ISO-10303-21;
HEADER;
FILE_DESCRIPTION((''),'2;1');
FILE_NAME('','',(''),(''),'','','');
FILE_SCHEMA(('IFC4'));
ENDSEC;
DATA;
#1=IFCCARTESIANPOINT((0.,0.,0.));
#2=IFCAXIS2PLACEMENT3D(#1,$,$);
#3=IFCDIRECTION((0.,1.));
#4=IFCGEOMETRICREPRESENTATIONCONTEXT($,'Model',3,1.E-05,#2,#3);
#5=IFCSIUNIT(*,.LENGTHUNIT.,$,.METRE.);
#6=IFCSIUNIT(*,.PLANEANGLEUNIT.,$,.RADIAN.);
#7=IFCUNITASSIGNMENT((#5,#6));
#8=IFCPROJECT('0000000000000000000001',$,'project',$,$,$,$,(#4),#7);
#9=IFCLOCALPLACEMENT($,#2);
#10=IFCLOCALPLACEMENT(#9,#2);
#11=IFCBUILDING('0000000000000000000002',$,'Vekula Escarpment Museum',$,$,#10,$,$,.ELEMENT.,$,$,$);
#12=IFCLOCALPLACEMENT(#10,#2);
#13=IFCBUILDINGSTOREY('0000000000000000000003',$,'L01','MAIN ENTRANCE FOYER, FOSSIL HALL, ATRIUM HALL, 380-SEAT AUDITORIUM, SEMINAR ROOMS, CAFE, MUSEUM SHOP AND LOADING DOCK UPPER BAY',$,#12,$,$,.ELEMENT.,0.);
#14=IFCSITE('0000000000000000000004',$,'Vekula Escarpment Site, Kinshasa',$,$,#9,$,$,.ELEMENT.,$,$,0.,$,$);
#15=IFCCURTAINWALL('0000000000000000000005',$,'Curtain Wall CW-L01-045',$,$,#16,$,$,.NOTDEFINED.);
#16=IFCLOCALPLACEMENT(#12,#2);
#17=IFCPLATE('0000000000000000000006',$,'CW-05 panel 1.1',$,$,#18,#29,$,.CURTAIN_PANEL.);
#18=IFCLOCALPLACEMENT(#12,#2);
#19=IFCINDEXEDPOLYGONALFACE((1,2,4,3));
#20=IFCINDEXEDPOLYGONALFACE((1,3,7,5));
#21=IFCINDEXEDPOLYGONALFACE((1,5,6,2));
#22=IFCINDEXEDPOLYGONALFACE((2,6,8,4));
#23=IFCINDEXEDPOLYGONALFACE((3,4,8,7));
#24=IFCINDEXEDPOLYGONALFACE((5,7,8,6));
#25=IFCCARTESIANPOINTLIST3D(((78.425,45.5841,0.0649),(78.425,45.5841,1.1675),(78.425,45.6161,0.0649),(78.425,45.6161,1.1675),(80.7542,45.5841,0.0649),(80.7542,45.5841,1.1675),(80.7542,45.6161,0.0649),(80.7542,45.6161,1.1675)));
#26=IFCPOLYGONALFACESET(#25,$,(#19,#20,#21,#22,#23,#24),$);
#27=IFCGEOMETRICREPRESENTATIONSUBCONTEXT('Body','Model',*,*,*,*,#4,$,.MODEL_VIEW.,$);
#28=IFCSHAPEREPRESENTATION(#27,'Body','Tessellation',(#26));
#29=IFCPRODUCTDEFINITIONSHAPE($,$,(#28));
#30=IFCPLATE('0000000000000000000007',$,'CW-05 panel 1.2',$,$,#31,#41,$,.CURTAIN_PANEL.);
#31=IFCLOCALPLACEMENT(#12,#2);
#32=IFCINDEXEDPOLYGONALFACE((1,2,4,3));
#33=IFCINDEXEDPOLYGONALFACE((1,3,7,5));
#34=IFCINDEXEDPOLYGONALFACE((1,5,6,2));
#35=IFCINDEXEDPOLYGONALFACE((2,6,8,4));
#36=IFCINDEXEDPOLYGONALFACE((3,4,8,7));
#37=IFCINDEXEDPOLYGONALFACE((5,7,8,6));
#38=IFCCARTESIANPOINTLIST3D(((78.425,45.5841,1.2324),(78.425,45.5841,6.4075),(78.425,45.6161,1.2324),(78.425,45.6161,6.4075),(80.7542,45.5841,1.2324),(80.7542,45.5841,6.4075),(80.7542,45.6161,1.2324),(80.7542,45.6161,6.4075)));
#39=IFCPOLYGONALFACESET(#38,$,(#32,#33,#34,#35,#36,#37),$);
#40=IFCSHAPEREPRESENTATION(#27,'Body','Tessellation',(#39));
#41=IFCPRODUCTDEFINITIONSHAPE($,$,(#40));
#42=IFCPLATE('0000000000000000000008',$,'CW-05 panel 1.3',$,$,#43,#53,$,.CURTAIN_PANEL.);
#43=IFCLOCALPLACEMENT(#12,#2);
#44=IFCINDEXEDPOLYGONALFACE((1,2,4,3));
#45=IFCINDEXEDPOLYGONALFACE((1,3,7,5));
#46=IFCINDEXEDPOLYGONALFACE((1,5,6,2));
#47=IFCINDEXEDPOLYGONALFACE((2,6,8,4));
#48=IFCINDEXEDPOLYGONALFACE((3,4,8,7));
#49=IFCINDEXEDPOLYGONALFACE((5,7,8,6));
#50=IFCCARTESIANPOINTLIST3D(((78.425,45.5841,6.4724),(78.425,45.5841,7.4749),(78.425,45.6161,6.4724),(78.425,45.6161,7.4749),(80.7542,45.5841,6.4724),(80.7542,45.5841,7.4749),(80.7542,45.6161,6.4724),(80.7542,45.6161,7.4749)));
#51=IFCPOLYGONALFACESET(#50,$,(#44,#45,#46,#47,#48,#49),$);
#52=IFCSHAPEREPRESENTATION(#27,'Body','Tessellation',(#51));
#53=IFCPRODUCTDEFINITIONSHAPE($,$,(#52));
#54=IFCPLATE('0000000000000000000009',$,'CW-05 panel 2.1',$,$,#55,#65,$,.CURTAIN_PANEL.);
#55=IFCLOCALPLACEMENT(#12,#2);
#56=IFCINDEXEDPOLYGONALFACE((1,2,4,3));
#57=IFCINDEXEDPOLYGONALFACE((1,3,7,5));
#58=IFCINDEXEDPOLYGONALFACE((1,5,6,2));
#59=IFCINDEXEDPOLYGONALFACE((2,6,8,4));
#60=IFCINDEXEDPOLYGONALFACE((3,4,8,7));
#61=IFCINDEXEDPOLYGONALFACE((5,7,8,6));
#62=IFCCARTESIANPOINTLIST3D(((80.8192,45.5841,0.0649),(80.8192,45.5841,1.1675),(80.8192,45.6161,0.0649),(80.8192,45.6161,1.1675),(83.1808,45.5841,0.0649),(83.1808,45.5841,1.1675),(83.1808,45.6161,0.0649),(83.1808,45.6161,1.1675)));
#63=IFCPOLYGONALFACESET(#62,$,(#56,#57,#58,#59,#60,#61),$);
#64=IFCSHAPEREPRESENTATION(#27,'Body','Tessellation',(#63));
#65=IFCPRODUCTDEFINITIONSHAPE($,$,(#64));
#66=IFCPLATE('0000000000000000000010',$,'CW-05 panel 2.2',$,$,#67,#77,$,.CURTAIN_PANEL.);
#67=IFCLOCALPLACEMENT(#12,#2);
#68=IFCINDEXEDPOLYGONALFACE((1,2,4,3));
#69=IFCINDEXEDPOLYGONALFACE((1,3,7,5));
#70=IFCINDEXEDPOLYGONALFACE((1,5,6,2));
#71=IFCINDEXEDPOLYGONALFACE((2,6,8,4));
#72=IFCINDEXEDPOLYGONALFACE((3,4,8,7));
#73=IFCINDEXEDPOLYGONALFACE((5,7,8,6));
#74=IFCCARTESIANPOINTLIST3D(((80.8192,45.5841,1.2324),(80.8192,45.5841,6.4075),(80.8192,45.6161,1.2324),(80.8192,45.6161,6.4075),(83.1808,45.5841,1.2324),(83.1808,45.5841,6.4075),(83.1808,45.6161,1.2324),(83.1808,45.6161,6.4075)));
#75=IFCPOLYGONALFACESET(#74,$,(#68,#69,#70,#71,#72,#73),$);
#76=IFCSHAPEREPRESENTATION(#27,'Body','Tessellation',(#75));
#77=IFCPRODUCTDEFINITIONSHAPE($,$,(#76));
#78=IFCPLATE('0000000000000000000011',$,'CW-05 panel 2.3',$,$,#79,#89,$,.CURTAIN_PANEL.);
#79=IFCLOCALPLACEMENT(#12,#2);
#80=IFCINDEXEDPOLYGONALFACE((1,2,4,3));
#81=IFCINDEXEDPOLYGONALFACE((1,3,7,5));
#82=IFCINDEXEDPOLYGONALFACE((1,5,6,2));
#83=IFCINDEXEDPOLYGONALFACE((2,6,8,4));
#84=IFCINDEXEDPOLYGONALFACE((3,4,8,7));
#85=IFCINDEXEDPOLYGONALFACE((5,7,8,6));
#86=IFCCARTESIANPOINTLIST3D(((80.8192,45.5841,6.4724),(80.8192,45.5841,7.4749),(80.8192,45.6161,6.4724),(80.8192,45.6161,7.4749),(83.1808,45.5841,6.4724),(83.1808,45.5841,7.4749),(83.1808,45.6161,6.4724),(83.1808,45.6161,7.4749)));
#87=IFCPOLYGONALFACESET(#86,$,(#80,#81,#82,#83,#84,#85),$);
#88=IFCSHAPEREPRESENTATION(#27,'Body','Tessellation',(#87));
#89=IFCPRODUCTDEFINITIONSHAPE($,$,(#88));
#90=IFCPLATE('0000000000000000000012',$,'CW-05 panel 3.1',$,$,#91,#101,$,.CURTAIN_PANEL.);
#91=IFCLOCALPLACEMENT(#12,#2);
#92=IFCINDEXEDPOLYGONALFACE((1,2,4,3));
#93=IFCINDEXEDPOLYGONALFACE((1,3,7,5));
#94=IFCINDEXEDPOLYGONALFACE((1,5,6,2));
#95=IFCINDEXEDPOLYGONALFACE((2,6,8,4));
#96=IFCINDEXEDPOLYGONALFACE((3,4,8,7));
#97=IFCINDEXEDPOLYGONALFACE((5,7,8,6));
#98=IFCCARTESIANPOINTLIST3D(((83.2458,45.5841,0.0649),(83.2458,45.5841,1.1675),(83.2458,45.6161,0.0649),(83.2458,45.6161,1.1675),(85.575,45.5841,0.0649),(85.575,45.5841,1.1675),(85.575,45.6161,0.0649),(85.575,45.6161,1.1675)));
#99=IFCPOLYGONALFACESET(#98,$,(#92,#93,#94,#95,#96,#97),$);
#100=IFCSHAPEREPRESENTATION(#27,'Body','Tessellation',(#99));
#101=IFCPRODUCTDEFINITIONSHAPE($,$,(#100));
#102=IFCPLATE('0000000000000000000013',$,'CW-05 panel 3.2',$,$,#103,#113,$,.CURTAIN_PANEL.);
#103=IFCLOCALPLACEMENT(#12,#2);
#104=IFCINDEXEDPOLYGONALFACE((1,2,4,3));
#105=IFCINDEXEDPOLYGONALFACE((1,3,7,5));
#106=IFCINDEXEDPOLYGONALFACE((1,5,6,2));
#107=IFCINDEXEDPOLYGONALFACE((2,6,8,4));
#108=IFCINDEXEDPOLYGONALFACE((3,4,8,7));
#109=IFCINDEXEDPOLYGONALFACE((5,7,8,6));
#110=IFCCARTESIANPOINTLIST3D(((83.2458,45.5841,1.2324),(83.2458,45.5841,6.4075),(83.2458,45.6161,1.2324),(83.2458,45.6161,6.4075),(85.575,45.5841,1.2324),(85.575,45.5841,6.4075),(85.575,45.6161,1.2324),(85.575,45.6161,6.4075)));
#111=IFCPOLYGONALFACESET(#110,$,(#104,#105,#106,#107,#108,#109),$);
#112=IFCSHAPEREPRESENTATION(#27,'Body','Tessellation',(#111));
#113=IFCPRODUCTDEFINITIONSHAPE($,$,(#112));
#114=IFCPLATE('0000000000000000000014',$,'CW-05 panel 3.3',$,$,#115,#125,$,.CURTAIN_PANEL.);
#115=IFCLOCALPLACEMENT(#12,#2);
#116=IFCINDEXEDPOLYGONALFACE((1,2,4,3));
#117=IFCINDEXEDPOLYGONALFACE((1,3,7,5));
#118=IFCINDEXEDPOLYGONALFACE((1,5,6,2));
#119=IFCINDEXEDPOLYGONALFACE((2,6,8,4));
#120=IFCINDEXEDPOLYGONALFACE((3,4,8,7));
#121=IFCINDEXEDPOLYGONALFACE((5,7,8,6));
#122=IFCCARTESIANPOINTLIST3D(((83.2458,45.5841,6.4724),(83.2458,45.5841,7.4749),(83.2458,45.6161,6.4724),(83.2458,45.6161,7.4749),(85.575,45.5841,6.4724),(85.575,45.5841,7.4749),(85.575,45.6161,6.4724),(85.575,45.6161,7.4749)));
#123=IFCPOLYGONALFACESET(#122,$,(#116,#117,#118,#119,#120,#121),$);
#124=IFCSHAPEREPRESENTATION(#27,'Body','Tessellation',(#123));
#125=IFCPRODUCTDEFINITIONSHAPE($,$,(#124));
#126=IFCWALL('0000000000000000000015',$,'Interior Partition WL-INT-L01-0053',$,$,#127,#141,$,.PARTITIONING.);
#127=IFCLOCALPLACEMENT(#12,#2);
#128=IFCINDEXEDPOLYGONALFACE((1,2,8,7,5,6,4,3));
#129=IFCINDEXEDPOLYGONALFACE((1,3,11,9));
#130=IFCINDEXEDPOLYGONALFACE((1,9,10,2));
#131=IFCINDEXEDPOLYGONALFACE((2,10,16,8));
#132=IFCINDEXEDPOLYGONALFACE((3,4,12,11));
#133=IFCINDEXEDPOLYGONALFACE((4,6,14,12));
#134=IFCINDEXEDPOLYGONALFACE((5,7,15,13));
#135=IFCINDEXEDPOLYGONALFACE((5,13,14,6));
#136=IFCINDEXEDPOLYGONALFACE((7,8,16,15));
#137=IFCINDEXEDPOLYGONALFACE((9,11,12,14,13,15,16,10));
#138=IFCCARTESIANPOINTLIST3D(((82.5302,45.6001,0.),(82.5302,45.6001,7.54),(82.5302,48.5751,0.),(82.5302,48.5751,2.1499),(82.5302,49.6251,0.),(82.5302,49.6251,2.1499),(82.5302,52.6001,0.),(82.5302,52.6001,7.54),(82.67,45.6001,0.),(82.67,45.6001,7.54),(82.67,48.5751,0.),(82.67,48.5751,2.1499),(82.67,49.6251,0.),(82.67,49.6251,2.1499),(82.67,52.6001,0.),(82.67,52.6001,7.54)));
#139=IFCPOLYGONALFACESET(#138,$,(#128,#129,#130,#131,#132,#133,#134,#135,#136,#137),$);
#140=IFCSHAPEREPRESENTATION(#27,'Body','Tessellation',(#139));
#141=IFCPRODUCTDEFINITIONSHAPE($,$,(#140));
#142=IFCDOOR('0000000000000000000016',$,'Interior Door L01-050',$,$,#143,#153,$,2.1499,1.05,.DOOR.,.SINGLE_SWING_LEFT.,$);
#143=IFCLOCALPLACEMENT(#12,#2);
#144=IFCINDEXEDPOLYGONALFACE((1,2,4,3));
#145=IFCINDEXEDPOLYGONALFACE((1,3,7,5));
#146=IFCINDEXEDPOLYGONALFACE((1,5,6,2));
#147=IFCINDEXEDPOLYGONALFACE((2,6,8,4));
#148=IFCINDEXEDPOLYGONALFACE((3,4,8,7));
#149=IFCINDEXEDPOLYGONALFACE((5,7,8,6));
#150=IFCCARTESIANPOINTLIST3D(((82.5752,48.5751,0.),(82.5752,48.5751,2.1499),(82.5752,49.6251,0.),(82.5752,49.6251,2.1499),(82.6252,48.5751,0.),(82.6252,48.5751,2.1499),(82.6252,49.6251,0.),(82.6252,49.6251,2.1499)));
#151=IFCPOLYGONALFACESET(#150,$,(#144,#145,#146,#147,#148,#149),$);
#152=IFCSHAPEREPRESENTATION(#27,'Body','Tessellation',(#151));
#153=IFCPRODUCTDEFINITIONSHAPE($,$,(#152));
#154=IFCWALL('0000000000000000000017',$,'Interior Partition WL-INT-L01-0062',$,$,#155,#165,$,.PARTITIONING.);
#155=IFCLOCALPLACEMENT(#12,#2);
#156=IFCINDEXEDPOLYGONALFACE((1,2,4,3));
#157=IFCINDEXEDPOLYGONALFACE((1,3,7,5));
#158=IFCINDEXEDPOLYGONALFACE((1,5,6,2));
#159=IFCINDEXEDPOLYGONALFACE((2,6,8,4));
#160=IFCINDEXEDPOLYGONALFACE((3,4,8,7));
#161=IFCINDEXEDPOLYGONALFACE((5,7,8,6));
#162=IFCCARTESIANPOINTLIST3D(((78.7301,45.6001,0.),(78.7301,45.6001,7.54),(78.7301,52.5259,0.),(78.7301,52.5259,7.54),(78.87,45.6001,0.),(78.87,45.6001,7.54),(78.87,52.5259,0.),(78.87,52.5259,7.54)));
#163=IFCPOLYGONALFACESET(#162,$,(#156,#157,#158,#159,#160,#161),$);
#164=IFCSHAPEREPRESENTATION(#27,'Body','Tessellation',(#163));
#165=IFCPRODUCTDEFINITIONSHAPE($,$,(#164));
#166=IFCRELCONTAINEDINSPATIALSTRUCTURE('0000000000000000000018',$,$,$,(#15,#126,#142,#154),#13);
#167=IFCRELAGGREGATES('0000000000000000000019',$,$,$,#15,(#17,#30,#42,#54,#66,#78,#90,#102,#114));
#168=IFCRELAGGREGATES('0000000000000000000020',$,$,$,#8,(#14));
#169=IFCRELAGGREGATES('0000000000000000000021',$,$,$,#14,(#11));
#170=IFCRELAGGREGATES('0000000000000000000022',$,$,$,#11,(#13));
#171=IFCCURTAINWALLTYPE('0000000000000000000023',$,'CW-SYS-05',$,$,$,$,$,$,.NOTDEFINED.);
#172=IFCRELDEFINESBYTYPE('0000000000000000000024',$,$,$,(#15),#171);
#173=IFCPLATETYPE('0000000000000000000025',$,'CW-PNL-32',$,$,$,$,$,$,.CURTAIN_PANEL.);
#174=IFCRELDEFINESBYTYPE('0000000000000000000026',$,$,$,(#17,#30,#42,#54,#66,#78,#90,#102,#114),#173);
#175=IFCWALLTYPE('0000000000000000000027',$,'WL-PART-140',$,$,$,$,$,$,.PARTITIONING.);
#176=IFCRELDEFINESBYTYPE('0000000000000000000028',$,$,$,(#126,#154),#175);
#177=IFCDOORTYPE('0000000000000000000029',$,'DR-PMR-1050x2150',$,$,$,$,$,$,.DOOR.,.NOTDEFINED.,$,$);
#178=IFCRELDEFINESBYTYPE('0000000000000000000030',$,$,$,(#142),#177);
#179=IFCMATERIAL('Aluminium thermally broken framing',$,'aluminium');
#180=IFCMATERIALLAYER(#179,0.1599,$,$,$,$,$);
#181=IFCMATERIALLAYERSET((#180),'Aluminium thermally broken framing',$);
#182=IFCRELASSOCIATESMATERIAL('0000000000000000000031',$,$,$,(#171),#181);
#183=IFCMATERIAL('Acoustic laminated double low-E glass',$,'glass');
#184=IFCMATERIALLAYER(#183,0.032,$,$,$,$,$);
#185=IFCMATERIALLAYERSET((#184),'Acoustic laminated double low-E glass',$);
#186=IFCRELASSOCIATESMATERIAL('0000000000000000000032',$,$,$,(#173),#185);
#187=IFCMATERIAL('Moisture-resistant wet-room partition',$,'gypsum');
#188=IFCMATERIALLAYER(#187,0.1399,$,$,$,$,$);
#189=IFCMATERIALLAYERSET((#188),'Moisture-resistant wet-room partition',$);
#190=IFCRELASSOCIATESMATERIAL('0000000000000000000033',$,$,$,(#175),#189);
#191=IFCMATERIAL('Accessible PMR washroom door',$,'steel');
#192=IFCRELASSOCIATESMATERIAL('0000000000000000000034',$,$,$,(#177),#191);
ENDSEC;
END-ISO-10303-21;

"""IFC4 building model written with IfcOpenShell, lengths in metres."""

from ifc_helpers import new_model, si_unit, direction, frame, frame_2d, origin, origin_2d, place, context, subcontext, project, spatial, rectangle, extrude, material, layer, layer_set, type_object, element, fill, aggregate, save


model = new_model("IFC4")

# Units and contexts
model_context = context("Model", 3, precision=1e-05, world=origin(), true_north=direction((0.0, 1.0)))
body_context = subcontext(model_context, "Body", "Model", "MODEL_VIEW")
ifc_project = project(units=[si_unit("LENGTHUNIT", "METRE"), si_unit("PLANEANGLEUNIT", "RADIAN")], contexts=[model_context])

# Site, building, storey
site_placement = place(None, origin())
site = spatial("IfcSite", under=ifc_project, at=site_placement, Name="Vekula Escarpment Site, Kinshasa", CompositionType="ELEMENT", RefElevation=0.0)
building_placement = place(site_placement, origin())
building = spatial("IfcBuilding", under=site, at=building_placement, Name="Vekula Escarpment Museum", CompositionType="ELEMENT")
storey_placement = place(building_placement, origin())
storey = spatial("IfcBuildingStorey", under=building, at=storey_placement, Name="L01", Description="MAIN ENTRANCE FOYER, FOSSIL HALL, ATRIUM HALL, 380-SEAT AUDITORIUM, SEMINAR ROOMS, CAFE, MUSEUM SHOP AND LOADING DOCK UPPER BAY", CompositionType="ELEMENT", Elevation=0.0)

# Curtain wall
ifc_material_1 = material(Name="Aluminium thermally broken framing", Category="aluminium")
ifc_layer_1 = layer(ifc_material_1, 0.1599)
ifc_layer_set_1 = layer_set([ifc_layer_1], Name="Aluminium thermally broken framing")
curtain_wall_type = type_object("IfcCurtainWallType", Name="CW-SYS-05", PredefinedType="NOTDEFINED", material=ifc_layer_set_1)
curtain_wall_placement = place(storey_placement, origin())
curtain_wall = element("IfcCurtainWall", 1, at=curtain_wall_placement, inside=storey, type_object=curtain_wall_type, Name="Curtain Wall CW-L01-045", PredefinedType="NOTDEFINED")

# Plates
ifc_material_2 = material(Name="Acoustic laminated double low-E glass", Category="glass")
ifc_layer_2 = layer(ifc_material_2, 0.032)
ifc_layer_set_2 = layer_set([ifc_layer_2], Name="Acoustic laminated double low-E glass")
plate_type = type_object("IfcPlateType", Name="CW-PNL-32", PredefinedType="CURTAIN_PANEL", material=ifc_layer_set_2)
plate_1_placement = place(storey_placement, frame((79.5896, 45.6001, 0.0649), z_axis=(0.0, 0.0, 1.0), x_axis=(1.0, 0.0, 0.0)))
plate_1 = element("IfcPlate", 2, at=plate_1_placement, type_object=plate_type, Name="CW-05 panel 1.1", PredefinedType="CURTAIN_PANEL", context=body_context, shape_type="SweptSolid", body=[
    extrude(rectangle(XDim=2.3291, YDim=0.032, at=origin_2d()), origin(), (0.0, 0.0, 1.0), 1.1025),
])
plate_2_placement = place(storey_placement, frame((79.5896, 45.6001, 1.2324), z_axis=(0.0, 0.0, 1.0), x_axis=(1.0, 0.0, 0.0)))
plate_2 = element("IfcPlate", 3, at=plate_2_placement, type_object=plate_type, Name="CW-05 panel 1.2", PredefinedType="CURTAIN_PANEL", context=body_context, shape_type="SweptSolid", body=[
    extrude(rectangle(XDim=2.3291, YDim=0.032, at=origin_2d()), origin(), (0.0, 0.0, 1.0), 5.175),
])
plate_3_placement = place(storey_placement, frame((79.5896, 45.6001, 6.4724), z_axis=(0.0, 0.0, 1.0), x_axis=(1.0, 0.0, 0.0)))
plate_3 = element("IfcPlate", 4, at=plate_3_placement, type_object=plate_type, Name="CW-05 panel 1.3", PredefinedType="CURTAIN_PANEL", context=body_context, shape_type="SweptSolid", body=[
    extrude(rectangle(XDim=2.3291, YDim=0.032, at=origin_2d()), origin(), (0.0, 0.0, 1.0), 1.0024),
])
plate_4_placement = place(storey_placement, frame((82.0, 45.6001, 0.0649), z_axis=(0.0, 0.0, 1.0), x_axis=(1.0, 0.0, 0.0)))
plate_4 = element("IfcPlate", 5, at=plate_4_placement, type_object=plate_type, Name="CW-05 panel 2.1", PredefinedType="CURTAIN_PANEL", context=body_context, shape_type="SweptSolid", body=[
    extrude(rectangle(XDim=2.3616, YDim=0.032, at=origin_2d()), origin(), (0.0, 0.0, 1.0), 1.1025),
])
plate_5_placement = place(storey_placement, frame((82.0, 45.6001, 1.2324), z_axis=(0.0, 0.0, 1.0), x_axis=(1.0, 0.0, 0.0)))
plate_5 = element("IfcPlate", 6, at=plate_5_placement, type_object=plate_type, Name="CW-05 panel 2.2", PredefinedType="CURTAIN_PANEL", context=body_context, shape_type="SweptSolid", body=[
    extrude(rectangle(XDim=2.3616, YDim=0.032, at=origin_2d()), origin(), (0.0, 0.0, 1.0), 5.175),
])
plate_6_placement = place(storey_placement, frame((82.0, 45.6001, 6.4724), z_axis=(0.0, 0.0, 1.0), x_axis=(1.0, 0.0, 0.0)))
plate_6 = element("IfcPlate", 7, at=plate_6_placement, type_object=plate_type, Name="CW-05 panel 2.3", PredefinedType="CURTAIN_PANEL", context=body_context, shape_type="SweptSolid", body=[
    extrude(rectangle(XDim=2.3616, YDim=0.032, at=origin_2d()), origin(), (0.0, 0.0, 1.0), 1.0024),
])
plate_7_placement = place(storey_placement, frame((84.4104, 45.6001, 0.0649), z_axis=(0.0, 0.0, 1.0), x_axis=(1.0, 0.0, 0.0)))
plate_7 = element("IfcPlate", 8, at=plate_7_placement, type_object=plate_type, Name="CW-05 panel 3.1", PredefinedType="CURTAIN_PANEL", context=body_context, shape_type="SweptSolid", body=[
    extrude(rectangle(XDim=2.3291, YDim=0.032, at=origin_2d()), origin(), (0.0, 0.0, 1.0), 1.1025),
])
plate_8_placement = place(storey_placement, frame((84.4104, 45.6001, 1.2324), z_axis=(0.0, 0.0, 1.0), x_axis=(1.0, 0.0, 0.0)))
plate_8 = element("IfcPlate", 9, at=plate_8_placement, type_object=plate_type, Name="CW-05 panel 3.2", PredefinedType="CURTAIN_PANEL", context=body_context, shape_type="SweptSolid", body=[
    extrude(rectangle(XDim=2.3291, YDim=0.032, at=origin_2d()), origin(), (0.0, 0.0, 1.0), 5.175),
])
plate_9_placement = place(storey_placement, frame((84.4104, 45.6001, 6.4724), z_axis=(0.0, 0.0, 1.0), x_axis=(1.0, 0.0, 0.0)))
plate_9 = element("IfcPlate", 10, at=plate_9_placement, type_object=plate_type, Name="CW-05 panel 3.3", PredefinedType="CURTAIN_PANEL", context=body_context, shape_type="SweptSolid", body=[
    extrude(rectangle(XDim=2.3291, YDim=0.032, at=origin_2d()), origin(), (0.0, 0.0, 1.0), 1.0024),
])
aggregate(curtain_wall, [plate_1, plate_2, plate_3, plate_4, plate_5, plate_6, plate_7, plate_8, plate_9])

# Wall, opening, door
ifc_material_3 = material(Name="Moisture-resistant wet-room partition", Category="gypsum")
ifc_layer_3 = layer(ifc_material_3, 0.1399)
ifc_layer_set_3 = layer_set([ifc_layer_3], Name="Moisture-resistant wet-room partition")
wall_type = type_object("IfcWallType", Name="WL-PART-140", PredefinedType="PARTITIONING", material=ifc_layer_set_3)
wall_1_placement = place(storey_placement, frame((82.6001, 45.6001, 0.0), z_axis=(0.0, 0.0, 1.0), x_axis=(0.0, 1.0, 0.0)))
wall_1 = element("IfcWall", 11, at=wall_1_placement, inside=storey, type_object=wall_type, Name="Interior Partition WL-INT-L01-0053", PredefinedType="PARTITIONING", context=body_context, shape_type="SweptSolid", body=[
    extrude(rectangle(XDim=7.0, YDim=0.1399, at=frame_2d((3.5, 0.0))), origin(), (0.0, 0.0, 1.0), 7.54),
])
opening_placement = place(wall_1_placement, frame((2.9751, 0.0, 0.0)))
opening = element("IfcOpeningElement", 12, at=opening_placement, cuts=wall_1, PredefinedType="OPENING", context=body_context, shape_type="SweptSolid", body=[
    extrude(rectangle(XDim=1.05, YDim=2.1499, at=frame_2d((0.5249, 1.075))), frame((0.0, 0.0798, 0.0), z_axis=(0.0, -1.0, 0.0), x_axis=(1.0, 0.0, 0.0)), (0.0, 0.0, 1.0), 0.1599),
])
ifc_material_4 = material(Name="Accessible PMR washroom door", Category="steel")
door_type = type_object("IfcDoorType", Name="DR-PMR-1050x2150", OperationType="NOTDEFINED", PredefinedType="DOOR", material=ifc_material_4)
door_placement = place(opening_placement, origin())
door = element("IfcDoor", 13, at=door_placement, inside=storey, type_object=door_type, Name="Interior Door L01-050", OperationType="SINGLE_SWING_LEFT", OverallHeight=2.1499, OverallWidth=1.05, PredefinedType="DOOR", context=body_context, shape_type="SweptSolid", body=[
    extrude(rectangle(XDim=1.05, YDim=2.1499, at=frame_2d((0.5249, 1.075))), frame((0.0, 0.0249, 0.0), z_axis=(0.0, -1.0, 0.0), x_axis=(1.0, 0.0, 0.0)), (0.0, 0.0, 1.0), 0.05),
])
fill(opening, door)

# Wall
wall_2_placement = place(storey_placement, frame((78.8, 45.6001, 0.0), z_axis=(0.0, 0.0, 1.0), x_axis=(0.0, 1.0, 0.0)))
element("IfcWall", 14, at=wall_2_placement, inside=storey, type_object=wall_type, Name="Interior Partition WL-INT-L01-0062", PredefinedType="PARTITIONING", context=body_context, shape_type="SweptSolid", body=[
    extrude(rectangle(XDim=6.9258, YDim=0.1399, at=frame_2d((3.4629, 0.0))), origin(), (0.0, 0.0, 1.0), 7.54),
])

save(model, "model.ifc")
